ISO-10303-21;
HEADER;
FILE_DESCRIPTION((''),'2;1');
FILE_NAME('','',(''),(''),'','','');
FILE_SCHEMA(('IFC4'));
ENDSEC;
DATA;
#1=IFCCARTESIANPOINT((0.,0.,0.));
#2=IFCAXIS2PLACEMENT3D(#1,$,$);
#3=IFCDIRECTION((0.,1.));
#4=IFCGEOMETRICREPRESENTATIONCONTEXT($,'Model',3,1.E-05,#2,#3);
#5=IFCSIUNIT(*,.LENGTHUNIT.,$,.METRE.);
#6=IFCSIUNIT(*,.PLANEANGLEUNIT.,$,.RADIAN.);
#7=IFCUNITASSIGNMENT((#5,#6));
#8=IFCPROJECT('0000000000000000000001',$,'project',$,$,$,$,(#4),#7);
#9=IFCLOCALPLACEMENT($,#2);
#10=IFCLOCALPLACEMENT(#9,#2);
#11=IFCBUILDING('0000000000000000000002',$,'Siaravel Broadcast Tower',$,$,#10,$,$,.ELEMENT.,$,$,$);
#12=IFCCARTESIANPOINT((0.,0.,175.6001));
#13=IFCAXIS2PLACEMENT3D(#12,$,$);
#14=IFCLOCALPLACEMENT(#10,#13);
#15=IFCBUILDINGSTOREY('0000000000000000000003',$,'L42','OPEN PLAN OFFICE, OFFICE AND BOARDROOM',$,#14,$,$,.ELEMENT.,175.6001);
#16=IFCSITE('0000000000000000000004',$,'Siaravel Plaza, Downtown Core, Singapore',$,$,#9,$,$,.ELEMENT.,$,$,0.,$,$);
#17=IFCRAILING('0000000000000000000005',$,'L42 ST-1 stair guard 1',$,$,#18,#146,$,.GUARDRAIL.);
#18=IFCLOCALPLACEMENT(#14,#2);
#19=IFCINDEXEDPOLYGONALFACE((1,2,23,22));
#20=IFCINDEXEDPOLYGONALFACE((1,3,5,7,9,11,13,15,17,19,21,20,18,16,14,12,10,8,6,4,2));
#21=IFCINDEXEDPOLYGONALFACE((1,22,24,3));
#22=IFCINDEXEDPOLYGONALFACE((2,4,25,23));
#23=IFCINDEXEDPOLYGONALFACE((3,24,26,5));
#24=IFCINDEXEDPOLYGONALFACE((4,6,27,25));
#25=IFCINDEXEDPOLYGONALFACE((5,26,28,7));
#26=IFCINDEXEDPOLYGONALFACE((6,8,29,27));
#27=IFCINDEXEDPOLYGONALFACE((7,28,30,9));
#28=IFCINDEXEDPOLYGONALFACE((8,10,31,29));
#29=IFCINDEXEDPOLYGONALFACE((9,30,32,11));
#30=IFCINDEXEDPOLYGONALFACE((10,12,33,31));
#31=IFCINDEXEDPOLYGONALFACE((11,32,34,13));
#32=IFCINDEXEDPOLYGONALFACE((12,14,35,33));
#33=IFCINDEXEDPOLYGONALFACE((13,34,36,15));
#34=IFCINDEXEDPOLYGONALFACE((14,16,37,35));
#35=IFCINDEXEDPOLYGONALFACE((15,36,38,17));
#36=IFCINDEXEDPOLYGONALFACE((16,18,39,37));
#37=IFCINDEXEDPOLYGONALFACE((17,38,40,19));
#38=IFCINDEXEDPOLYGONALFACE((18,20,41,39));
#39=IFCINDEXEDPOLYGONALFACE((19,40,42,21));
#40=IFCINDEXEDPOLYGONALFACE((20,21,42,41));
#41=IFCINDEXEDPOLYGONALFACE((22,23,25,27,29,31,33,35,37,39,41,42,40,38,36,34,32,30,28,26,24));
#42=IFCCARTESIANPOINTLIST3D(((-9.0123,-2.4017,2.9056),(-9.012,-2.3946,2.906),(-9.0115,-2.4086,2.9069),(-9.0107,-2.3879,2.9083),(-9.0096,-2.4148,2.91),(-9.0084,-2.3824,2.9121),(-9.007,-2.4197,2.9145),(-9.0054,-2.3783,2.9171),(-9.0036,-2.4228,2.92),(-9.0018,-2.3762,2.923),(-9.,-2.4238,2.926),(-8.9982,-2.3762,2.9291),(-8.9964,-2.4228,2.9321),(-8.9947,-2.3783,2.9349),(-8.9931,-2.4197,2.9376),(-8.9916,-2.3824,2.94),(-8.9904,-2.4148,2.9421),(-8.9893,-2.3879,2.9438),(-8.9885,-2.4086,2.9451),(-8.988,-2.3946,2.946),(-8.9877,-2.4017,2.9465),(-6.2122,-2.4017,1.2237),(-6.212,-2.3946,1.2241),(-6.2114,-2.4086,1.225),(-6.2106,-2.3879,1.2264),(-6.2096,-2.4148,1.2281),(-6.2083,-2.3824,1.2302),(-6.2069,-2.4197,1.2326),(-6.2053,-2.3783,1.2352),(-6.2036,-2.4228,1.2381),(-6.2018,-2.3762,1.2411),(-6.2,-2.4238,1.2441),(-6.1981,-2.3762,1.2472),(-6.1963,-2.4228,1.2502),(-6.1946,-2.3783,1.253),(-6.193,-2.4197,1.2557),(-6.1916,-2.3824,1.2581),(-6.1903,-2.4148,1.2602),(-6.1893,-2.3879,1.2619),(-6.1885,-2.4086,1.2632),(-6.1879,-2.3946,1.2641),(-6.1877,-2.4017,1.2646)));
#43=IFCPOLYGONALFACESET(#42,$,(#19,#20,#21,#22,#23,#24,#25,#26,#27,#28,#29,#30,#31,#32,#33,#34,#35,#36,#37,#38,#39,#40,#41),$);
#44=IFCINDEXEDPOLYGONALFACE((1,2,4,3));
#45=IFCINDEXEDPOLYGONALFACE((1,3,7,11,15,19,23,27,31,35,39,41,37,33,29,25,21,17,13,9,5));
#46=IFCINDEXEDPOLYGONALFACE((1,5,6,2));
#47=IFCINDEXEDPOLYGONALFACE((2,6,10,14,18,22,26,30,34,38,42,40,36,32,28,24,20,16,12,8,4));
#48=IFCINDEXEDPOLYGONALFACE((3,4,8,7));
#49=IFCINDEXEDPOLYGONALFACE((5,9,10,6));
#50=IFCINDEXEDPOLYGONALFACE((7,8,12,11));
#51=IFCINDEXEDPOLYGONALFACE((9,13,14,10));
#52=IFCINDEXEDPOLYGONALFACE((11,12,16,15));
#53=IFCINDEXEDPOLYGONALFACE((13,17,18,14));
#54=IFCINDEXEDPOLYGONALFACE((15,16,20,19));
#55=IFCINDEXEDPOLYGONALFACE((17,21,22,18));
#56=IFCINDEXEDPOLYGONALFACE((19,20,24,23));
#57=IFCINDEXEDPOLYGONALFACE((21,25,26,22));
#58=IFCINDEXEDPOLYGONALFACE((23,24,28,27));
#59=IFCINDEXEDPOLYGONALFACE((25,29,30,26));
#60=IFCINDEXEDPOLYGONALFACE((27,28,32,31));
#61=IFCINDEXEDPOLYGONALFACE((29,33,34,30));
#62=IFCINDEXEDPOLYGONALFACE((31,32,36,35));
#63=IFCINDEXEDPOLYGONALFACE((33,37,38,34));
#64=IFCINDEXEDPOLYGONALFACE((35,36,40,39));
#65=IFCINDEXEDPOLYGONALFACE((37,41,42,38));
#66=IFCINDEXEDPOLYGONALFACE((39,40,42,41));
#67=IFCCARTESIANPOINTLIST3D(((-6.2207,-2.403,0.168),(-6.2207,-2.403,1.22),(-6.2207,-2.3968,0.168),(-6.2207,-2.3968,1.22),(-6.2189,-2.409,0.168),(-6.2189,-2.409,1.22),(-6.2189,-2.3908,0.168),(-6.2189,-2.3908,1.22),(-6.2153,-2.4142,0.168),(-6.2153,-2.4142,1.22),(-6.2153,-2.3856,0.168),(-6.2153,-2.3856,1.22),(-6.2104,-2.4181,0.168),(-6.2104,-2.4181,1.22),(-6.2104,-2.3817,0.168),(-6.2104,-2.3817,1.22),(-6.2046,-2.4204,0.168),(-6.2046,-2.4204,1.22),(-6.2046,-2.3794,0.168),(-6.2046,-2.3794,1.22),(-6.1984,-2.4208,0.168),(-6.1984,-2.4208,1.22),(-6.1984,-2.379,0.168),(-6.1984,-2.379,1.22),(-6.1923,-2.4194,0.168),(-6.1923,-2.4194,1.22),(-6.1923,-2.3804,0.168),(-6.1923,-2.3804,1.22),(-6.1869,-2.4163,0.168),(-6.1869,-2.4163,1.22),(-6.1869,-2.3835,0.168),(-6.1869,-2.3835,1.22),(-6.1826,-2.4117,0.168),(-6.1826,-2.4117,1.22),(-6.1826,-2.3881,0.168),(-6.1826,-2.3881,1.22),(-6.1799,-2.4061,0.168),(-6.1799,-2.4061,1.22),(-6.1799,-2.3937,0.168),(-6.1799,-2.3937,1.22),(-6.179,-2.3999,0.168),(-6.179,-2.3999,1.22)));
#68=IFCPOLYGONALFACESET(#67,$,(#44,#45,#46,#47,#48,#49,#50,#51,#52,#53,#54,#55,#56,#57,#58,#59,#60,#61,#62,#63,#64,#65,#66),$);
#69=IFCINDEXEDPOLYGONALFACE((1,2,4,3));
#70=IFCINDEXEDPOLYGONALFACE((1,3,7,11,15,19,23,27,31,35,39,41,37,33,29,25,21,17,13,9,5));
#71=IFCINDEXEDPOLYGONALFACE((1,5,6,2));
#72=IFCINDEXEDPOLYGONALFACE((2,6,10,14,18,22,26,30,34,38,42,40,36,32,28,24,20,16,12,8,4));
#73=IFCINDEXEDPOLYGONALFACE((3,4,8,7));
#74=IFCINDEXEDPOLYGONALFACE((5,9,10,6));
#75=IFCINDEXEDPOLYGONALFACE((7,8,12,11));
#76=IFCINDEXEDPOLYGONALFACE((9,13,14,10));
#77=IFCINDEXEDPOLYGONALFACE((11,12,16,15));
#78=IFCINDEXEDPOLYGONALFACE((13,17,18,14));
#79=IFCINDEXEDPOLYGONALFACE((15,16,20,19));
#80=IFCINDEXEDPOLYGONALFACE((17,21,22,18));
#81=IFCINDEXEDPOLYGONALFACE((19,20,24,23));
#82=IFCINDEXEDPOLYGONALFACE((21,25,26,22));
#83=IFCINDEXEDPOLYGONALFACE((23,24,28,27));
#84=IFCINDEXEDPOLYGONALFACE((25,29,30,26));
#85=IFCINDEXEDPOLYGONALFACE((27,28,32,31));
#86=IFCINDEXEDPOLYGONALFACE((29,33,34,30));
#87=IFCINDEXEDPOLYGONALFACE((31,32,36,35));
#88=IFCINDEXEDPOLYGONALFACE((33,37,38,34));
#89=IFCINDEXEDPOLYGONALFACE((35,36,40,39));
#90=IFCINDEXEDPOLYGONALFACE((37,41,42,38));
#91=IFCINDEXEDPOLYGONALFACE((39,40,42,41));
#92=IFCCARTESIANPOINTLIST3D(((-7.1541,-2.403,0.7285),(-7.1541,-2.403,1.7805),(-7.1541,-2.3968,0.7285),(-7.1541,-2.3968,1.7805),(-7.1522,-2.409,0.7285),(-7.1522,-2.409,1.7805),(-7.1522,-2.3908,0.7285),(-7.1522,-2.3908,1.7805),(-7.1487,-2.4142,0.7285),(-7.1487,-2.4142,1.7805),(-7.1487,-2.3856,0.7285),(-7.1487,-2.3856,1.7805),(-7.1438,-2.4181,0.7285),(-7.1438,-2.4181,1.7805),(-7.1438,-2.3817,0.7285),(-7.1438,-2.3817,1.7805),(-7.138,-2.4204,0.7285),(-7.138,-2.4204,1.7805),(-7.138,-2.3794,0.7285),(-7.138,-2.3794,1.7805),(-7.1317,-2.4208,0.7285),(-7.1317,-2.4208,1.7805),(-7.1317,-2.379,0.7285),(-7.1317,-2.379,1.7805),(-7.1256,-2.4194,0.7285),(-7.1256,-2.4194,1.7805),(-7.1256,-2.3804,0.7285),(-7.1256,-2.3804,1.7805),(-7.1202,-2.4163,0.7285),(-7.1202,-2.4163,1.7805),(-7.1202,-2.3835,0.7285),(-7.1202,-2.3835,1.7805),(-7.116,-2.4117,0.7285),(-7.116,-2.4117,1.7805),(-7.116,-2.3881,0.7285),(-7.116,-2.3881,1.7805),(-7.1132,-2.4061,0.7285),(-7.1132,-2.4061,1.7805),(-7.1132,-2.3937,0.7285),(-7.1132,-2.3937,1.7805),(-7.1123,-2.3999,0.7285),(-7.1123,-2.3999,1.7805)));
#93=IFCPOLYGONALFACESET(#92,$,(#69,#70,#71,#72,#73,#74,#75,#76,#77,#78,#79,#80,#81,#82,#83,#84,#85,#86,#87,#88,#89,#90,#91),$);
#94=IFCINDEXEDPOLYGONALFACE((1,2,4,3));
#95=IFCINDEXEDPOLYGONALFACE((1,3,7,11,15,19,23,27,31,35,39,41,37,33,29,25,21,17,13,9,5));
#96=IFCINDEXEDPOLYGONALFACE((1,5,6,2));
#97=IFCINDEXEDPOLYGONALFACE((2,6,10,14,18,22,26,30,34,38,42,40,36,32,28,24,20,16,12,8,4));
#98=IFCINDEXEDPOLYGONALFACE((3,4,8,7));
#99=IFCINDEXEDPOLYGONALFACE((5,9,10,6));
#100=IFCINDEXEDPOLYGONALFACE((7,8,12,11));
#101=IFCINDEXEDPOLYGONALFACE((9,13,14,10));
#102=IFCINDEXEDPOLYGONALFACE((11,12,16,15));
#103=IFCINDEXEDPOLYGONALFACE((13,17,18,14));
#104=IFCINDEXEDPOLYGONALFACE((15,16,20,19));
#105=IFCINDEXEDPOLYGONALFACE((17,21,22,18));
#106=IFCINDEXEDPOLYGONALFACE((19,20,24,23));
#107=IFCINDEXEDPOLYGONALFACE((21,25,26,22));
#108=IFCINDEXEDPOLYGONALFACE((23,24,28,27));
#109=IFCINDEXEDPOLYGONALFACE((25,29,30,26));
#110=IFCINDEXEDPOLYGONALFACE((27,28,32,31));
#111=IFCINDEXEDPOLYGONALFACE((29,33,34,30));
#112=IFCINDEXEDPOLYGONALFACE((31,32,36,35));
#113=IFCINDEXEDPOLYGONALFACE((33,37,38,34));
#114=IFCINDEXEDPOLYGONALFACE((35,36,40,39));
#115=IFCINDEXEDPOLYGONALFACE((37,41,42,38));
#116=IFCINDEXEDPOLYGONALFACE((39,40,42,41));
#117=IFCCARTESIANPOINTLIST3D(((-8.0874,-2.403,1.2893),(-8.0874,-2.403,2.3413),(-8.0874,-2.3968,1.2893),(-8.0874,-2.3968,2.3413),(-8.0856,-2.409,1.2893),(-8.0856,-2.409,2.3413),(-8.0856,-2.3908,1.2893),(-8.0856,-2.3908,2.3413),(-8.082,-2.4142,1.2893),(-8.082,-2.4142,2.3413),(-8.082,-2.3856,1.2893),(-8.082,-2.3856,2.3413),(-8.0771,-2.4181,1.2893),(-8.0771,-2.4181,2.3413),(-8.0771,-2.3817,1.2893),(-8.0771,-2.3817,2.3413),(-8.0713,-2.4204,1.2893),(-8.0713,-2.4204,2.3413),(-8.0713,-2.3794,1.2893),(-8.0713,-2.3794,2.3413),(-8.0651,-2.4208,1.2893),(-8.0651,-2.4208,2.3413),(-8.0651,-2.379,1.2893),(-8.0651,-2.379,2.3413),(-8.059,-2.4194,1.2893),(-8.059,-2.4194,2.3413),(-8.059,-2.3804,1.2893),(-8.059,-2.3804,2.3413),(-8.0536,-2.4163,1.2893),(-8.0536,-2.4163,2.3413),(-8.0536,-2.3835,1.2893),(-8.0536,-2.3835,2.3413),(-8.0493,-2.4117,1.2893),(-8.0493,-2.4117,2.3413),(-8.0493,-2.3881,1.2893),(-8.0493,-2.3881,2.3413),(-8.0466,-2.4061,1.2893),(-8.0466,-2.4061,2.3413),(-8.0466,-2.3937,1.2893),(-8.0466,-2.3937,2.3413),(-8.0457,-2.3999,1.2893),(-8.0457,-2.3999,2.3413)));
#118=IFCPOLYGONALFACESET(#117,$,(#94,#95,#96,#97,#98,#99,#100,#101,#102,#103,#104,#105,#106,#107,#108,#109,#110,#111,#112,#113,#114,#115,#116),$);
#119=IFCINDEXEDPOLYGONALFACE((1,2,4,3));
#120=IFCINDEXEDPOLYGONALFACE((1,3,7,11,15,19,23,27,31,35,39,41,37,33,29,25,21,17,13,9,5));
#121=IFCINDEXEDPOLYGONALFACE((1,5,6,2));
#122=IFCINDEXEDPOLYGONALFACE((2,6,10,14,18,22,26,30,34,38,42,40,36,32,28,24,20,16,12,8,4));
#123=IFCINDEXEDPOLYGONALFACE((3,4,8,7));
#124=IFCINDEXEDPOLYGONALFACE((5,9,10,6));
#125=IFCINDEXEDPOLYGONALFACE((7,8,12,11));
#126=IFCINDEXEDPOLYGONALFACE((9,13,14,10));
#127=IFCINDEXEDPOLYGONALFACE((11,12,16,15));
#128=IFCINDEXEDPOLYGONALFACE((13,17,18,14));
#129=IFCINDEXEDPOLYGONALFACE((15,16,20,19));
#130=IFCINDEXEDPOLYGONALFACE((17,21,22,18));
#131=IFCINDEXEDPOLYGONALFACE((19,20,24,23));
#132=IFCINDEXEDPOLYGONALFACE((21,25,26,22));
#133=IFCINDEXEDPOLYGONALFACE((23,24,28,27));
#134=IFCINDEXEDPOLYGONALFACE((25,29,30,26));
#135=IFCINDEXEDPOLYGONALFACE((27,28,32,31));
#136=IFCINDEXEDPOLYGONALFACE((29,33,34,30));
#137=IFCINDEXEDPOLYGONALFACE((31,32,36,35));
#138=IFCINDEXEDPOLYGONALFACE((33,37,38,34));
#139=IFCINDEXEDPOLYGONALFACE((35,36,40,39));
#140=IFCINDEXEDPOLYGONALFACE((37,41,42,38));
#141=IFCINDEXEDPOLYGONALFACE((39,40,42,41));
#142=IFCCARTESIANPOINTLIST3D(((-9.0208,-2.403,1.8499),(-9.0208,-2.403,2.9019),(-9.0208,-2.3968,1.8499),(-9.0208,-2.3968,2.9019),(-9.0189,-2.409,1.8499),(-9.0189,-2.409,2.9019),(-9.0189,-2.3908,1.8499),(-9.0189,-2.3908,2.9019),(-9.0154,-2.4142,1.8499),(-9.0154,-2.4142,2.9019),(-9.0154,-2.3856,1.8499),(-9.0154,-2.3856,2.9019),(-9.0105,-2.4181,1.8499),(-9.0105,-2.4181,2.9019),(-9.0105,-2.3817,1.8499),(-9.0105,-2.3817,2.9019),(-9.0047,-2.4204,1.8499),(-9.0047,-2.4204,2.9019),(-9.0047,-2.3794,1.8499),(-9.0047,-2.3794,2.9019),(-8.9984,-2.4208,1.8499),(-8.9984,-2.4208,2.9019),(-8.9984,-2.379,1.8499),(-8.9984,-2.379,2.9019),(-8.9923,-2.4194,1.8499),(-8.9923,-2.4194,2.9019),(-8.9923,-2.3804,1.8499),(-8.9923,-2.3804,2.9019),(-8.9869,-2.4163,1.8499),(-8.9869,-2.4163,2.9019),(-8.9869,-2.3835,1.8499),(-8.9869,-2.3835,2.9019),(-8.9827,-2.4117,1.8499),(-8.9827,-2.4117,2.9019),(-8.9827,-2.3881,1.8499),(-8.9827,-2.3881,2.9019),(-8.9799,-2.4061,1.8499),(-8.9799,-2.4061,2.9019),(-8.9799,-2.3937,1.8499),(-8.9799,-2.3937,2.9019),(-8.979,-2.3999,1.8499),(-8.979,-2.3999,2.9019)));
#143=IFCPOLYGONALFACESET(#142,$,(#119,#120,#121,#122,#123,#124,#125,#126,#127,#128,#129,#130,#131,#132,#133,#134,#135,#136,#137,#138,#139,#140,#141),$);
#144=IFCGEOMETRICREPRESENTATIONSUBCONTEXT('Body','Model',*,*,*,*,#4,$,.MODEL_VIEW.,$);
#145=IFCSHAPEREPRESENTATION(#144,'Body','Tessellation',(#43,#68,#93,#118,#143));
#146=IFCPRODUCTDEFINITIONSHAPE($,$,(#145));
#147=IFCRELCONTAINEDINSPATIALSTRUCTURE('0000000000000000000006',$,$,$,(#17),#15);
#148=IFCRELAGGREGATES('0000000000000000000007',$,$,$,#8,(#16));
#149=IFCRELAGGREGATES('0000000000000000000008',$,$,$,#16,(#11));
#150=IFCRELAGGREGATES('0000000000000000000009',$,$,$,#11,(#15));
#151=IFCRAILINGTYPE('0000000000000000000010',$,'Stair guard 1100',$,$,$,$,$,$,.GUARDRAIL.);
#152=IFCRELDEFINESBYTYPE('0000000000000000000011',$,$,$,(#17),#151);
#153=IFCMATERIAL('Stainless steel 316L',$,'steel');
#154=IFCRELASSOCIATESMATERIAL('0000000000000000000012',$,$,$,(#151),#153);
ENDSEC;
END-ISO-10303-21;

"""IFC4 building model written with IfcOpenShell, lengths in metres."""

from ifc_helpers import new_model, si_unit, direction, frame, origin, origin_2d, place, context, subcontext, project, spatial, circle, extrude, material, type_object, element, save


model = new_model("IFC4")

# Units and contexts
model_context = context("Model", 3, precision=1e-05, world=origin(), true_north=direction((0.0, 1.0)))
body_context = subcontext(model_context, "Body", "Model", "MODEL_VIEW")
ifc_project = project(units=[si_unit("LENGTHUNIT", "METRE"), si_unit("PLANEANGLEUNIT", "RADIAN")], contexts=[model_context])

# Site, building, storey
site_placement = place(None, origin())
site = spatial("IfcSite", under=ifc_project, at=site_placement, Name="Siaravel Plaza, Downtown Core, Singapore", CompositionType="ELEMENT", RefElevation=0.0)
building_placement = place(site_placement, origin())
building = spatial("IfcBuilding", under=site, at=building_placement, Name="Siaravel Broadcast Tower", CompositionType="ELEMENT")
storey_placement = place(building_placement, frame((0.0, 0.0, 175.6001)))
storey = spatial("IfcBuildingStorey", under=building, at=storey_placement, Name="L42", Description="OPEN PLAN OFFICE, OFFICE AND BOARDROOM", CompositionType="ELEMENT", Elevation=175.6001)

# Shared definitions
ifc_material_1 = material(Name="Stainless steel 316L", Category="steel")

# Railing
railing_type_1 = type_object("IfcRailingType", Name="Stair guard 1100", PredefinedType="GUARDRAIL", material=ifc_material_1)
railing_1_placement = place(storey_placement, frame((-6.2, -2.3999, 0.168)))
element("IfcRailing", 1, at=railing_1_placement, inside=storey, type_object=railing_type_1, Name="L42 ST-1 stair guard 1", PredefinedType="GUARDRAIL", context=body_context, shape_type="SweptSolid", body=[
    extrude(circle(Radius=0.0239, at=origin_2d()), frame((0.0, 0.0, 1.0762), z_axis=(-0.857242, 0.0, 0.514913), x_axis=(0.0, -1.0, 0.0)), (0.0, 0.0, 1.0), 3.2664),
    extrude(circle(Radius=0.021, at=origin_2d()), origin(), (0.0, 0.0, 1.0), 1.052),
    extrude(circle(Radius=0.021, at=origin_2d()), frame((-0.9333, 0.0, 0.5605)), (0.0, 0.0, 1.0), 1.052),
    extrude(circle(Radius=0.021, at=origin_2d()), frame((-1.8667, 0.0, 1.1213)), (0.0, 0.0, 1.0), 1.052),
    extrude(circle(Radius=0.021, at=origin_2d()), frame((-2.8, 0.0, 1.6819)), (0.0, 0.0, 1.0), 1.052),
])

save(model, "model.ifc")
